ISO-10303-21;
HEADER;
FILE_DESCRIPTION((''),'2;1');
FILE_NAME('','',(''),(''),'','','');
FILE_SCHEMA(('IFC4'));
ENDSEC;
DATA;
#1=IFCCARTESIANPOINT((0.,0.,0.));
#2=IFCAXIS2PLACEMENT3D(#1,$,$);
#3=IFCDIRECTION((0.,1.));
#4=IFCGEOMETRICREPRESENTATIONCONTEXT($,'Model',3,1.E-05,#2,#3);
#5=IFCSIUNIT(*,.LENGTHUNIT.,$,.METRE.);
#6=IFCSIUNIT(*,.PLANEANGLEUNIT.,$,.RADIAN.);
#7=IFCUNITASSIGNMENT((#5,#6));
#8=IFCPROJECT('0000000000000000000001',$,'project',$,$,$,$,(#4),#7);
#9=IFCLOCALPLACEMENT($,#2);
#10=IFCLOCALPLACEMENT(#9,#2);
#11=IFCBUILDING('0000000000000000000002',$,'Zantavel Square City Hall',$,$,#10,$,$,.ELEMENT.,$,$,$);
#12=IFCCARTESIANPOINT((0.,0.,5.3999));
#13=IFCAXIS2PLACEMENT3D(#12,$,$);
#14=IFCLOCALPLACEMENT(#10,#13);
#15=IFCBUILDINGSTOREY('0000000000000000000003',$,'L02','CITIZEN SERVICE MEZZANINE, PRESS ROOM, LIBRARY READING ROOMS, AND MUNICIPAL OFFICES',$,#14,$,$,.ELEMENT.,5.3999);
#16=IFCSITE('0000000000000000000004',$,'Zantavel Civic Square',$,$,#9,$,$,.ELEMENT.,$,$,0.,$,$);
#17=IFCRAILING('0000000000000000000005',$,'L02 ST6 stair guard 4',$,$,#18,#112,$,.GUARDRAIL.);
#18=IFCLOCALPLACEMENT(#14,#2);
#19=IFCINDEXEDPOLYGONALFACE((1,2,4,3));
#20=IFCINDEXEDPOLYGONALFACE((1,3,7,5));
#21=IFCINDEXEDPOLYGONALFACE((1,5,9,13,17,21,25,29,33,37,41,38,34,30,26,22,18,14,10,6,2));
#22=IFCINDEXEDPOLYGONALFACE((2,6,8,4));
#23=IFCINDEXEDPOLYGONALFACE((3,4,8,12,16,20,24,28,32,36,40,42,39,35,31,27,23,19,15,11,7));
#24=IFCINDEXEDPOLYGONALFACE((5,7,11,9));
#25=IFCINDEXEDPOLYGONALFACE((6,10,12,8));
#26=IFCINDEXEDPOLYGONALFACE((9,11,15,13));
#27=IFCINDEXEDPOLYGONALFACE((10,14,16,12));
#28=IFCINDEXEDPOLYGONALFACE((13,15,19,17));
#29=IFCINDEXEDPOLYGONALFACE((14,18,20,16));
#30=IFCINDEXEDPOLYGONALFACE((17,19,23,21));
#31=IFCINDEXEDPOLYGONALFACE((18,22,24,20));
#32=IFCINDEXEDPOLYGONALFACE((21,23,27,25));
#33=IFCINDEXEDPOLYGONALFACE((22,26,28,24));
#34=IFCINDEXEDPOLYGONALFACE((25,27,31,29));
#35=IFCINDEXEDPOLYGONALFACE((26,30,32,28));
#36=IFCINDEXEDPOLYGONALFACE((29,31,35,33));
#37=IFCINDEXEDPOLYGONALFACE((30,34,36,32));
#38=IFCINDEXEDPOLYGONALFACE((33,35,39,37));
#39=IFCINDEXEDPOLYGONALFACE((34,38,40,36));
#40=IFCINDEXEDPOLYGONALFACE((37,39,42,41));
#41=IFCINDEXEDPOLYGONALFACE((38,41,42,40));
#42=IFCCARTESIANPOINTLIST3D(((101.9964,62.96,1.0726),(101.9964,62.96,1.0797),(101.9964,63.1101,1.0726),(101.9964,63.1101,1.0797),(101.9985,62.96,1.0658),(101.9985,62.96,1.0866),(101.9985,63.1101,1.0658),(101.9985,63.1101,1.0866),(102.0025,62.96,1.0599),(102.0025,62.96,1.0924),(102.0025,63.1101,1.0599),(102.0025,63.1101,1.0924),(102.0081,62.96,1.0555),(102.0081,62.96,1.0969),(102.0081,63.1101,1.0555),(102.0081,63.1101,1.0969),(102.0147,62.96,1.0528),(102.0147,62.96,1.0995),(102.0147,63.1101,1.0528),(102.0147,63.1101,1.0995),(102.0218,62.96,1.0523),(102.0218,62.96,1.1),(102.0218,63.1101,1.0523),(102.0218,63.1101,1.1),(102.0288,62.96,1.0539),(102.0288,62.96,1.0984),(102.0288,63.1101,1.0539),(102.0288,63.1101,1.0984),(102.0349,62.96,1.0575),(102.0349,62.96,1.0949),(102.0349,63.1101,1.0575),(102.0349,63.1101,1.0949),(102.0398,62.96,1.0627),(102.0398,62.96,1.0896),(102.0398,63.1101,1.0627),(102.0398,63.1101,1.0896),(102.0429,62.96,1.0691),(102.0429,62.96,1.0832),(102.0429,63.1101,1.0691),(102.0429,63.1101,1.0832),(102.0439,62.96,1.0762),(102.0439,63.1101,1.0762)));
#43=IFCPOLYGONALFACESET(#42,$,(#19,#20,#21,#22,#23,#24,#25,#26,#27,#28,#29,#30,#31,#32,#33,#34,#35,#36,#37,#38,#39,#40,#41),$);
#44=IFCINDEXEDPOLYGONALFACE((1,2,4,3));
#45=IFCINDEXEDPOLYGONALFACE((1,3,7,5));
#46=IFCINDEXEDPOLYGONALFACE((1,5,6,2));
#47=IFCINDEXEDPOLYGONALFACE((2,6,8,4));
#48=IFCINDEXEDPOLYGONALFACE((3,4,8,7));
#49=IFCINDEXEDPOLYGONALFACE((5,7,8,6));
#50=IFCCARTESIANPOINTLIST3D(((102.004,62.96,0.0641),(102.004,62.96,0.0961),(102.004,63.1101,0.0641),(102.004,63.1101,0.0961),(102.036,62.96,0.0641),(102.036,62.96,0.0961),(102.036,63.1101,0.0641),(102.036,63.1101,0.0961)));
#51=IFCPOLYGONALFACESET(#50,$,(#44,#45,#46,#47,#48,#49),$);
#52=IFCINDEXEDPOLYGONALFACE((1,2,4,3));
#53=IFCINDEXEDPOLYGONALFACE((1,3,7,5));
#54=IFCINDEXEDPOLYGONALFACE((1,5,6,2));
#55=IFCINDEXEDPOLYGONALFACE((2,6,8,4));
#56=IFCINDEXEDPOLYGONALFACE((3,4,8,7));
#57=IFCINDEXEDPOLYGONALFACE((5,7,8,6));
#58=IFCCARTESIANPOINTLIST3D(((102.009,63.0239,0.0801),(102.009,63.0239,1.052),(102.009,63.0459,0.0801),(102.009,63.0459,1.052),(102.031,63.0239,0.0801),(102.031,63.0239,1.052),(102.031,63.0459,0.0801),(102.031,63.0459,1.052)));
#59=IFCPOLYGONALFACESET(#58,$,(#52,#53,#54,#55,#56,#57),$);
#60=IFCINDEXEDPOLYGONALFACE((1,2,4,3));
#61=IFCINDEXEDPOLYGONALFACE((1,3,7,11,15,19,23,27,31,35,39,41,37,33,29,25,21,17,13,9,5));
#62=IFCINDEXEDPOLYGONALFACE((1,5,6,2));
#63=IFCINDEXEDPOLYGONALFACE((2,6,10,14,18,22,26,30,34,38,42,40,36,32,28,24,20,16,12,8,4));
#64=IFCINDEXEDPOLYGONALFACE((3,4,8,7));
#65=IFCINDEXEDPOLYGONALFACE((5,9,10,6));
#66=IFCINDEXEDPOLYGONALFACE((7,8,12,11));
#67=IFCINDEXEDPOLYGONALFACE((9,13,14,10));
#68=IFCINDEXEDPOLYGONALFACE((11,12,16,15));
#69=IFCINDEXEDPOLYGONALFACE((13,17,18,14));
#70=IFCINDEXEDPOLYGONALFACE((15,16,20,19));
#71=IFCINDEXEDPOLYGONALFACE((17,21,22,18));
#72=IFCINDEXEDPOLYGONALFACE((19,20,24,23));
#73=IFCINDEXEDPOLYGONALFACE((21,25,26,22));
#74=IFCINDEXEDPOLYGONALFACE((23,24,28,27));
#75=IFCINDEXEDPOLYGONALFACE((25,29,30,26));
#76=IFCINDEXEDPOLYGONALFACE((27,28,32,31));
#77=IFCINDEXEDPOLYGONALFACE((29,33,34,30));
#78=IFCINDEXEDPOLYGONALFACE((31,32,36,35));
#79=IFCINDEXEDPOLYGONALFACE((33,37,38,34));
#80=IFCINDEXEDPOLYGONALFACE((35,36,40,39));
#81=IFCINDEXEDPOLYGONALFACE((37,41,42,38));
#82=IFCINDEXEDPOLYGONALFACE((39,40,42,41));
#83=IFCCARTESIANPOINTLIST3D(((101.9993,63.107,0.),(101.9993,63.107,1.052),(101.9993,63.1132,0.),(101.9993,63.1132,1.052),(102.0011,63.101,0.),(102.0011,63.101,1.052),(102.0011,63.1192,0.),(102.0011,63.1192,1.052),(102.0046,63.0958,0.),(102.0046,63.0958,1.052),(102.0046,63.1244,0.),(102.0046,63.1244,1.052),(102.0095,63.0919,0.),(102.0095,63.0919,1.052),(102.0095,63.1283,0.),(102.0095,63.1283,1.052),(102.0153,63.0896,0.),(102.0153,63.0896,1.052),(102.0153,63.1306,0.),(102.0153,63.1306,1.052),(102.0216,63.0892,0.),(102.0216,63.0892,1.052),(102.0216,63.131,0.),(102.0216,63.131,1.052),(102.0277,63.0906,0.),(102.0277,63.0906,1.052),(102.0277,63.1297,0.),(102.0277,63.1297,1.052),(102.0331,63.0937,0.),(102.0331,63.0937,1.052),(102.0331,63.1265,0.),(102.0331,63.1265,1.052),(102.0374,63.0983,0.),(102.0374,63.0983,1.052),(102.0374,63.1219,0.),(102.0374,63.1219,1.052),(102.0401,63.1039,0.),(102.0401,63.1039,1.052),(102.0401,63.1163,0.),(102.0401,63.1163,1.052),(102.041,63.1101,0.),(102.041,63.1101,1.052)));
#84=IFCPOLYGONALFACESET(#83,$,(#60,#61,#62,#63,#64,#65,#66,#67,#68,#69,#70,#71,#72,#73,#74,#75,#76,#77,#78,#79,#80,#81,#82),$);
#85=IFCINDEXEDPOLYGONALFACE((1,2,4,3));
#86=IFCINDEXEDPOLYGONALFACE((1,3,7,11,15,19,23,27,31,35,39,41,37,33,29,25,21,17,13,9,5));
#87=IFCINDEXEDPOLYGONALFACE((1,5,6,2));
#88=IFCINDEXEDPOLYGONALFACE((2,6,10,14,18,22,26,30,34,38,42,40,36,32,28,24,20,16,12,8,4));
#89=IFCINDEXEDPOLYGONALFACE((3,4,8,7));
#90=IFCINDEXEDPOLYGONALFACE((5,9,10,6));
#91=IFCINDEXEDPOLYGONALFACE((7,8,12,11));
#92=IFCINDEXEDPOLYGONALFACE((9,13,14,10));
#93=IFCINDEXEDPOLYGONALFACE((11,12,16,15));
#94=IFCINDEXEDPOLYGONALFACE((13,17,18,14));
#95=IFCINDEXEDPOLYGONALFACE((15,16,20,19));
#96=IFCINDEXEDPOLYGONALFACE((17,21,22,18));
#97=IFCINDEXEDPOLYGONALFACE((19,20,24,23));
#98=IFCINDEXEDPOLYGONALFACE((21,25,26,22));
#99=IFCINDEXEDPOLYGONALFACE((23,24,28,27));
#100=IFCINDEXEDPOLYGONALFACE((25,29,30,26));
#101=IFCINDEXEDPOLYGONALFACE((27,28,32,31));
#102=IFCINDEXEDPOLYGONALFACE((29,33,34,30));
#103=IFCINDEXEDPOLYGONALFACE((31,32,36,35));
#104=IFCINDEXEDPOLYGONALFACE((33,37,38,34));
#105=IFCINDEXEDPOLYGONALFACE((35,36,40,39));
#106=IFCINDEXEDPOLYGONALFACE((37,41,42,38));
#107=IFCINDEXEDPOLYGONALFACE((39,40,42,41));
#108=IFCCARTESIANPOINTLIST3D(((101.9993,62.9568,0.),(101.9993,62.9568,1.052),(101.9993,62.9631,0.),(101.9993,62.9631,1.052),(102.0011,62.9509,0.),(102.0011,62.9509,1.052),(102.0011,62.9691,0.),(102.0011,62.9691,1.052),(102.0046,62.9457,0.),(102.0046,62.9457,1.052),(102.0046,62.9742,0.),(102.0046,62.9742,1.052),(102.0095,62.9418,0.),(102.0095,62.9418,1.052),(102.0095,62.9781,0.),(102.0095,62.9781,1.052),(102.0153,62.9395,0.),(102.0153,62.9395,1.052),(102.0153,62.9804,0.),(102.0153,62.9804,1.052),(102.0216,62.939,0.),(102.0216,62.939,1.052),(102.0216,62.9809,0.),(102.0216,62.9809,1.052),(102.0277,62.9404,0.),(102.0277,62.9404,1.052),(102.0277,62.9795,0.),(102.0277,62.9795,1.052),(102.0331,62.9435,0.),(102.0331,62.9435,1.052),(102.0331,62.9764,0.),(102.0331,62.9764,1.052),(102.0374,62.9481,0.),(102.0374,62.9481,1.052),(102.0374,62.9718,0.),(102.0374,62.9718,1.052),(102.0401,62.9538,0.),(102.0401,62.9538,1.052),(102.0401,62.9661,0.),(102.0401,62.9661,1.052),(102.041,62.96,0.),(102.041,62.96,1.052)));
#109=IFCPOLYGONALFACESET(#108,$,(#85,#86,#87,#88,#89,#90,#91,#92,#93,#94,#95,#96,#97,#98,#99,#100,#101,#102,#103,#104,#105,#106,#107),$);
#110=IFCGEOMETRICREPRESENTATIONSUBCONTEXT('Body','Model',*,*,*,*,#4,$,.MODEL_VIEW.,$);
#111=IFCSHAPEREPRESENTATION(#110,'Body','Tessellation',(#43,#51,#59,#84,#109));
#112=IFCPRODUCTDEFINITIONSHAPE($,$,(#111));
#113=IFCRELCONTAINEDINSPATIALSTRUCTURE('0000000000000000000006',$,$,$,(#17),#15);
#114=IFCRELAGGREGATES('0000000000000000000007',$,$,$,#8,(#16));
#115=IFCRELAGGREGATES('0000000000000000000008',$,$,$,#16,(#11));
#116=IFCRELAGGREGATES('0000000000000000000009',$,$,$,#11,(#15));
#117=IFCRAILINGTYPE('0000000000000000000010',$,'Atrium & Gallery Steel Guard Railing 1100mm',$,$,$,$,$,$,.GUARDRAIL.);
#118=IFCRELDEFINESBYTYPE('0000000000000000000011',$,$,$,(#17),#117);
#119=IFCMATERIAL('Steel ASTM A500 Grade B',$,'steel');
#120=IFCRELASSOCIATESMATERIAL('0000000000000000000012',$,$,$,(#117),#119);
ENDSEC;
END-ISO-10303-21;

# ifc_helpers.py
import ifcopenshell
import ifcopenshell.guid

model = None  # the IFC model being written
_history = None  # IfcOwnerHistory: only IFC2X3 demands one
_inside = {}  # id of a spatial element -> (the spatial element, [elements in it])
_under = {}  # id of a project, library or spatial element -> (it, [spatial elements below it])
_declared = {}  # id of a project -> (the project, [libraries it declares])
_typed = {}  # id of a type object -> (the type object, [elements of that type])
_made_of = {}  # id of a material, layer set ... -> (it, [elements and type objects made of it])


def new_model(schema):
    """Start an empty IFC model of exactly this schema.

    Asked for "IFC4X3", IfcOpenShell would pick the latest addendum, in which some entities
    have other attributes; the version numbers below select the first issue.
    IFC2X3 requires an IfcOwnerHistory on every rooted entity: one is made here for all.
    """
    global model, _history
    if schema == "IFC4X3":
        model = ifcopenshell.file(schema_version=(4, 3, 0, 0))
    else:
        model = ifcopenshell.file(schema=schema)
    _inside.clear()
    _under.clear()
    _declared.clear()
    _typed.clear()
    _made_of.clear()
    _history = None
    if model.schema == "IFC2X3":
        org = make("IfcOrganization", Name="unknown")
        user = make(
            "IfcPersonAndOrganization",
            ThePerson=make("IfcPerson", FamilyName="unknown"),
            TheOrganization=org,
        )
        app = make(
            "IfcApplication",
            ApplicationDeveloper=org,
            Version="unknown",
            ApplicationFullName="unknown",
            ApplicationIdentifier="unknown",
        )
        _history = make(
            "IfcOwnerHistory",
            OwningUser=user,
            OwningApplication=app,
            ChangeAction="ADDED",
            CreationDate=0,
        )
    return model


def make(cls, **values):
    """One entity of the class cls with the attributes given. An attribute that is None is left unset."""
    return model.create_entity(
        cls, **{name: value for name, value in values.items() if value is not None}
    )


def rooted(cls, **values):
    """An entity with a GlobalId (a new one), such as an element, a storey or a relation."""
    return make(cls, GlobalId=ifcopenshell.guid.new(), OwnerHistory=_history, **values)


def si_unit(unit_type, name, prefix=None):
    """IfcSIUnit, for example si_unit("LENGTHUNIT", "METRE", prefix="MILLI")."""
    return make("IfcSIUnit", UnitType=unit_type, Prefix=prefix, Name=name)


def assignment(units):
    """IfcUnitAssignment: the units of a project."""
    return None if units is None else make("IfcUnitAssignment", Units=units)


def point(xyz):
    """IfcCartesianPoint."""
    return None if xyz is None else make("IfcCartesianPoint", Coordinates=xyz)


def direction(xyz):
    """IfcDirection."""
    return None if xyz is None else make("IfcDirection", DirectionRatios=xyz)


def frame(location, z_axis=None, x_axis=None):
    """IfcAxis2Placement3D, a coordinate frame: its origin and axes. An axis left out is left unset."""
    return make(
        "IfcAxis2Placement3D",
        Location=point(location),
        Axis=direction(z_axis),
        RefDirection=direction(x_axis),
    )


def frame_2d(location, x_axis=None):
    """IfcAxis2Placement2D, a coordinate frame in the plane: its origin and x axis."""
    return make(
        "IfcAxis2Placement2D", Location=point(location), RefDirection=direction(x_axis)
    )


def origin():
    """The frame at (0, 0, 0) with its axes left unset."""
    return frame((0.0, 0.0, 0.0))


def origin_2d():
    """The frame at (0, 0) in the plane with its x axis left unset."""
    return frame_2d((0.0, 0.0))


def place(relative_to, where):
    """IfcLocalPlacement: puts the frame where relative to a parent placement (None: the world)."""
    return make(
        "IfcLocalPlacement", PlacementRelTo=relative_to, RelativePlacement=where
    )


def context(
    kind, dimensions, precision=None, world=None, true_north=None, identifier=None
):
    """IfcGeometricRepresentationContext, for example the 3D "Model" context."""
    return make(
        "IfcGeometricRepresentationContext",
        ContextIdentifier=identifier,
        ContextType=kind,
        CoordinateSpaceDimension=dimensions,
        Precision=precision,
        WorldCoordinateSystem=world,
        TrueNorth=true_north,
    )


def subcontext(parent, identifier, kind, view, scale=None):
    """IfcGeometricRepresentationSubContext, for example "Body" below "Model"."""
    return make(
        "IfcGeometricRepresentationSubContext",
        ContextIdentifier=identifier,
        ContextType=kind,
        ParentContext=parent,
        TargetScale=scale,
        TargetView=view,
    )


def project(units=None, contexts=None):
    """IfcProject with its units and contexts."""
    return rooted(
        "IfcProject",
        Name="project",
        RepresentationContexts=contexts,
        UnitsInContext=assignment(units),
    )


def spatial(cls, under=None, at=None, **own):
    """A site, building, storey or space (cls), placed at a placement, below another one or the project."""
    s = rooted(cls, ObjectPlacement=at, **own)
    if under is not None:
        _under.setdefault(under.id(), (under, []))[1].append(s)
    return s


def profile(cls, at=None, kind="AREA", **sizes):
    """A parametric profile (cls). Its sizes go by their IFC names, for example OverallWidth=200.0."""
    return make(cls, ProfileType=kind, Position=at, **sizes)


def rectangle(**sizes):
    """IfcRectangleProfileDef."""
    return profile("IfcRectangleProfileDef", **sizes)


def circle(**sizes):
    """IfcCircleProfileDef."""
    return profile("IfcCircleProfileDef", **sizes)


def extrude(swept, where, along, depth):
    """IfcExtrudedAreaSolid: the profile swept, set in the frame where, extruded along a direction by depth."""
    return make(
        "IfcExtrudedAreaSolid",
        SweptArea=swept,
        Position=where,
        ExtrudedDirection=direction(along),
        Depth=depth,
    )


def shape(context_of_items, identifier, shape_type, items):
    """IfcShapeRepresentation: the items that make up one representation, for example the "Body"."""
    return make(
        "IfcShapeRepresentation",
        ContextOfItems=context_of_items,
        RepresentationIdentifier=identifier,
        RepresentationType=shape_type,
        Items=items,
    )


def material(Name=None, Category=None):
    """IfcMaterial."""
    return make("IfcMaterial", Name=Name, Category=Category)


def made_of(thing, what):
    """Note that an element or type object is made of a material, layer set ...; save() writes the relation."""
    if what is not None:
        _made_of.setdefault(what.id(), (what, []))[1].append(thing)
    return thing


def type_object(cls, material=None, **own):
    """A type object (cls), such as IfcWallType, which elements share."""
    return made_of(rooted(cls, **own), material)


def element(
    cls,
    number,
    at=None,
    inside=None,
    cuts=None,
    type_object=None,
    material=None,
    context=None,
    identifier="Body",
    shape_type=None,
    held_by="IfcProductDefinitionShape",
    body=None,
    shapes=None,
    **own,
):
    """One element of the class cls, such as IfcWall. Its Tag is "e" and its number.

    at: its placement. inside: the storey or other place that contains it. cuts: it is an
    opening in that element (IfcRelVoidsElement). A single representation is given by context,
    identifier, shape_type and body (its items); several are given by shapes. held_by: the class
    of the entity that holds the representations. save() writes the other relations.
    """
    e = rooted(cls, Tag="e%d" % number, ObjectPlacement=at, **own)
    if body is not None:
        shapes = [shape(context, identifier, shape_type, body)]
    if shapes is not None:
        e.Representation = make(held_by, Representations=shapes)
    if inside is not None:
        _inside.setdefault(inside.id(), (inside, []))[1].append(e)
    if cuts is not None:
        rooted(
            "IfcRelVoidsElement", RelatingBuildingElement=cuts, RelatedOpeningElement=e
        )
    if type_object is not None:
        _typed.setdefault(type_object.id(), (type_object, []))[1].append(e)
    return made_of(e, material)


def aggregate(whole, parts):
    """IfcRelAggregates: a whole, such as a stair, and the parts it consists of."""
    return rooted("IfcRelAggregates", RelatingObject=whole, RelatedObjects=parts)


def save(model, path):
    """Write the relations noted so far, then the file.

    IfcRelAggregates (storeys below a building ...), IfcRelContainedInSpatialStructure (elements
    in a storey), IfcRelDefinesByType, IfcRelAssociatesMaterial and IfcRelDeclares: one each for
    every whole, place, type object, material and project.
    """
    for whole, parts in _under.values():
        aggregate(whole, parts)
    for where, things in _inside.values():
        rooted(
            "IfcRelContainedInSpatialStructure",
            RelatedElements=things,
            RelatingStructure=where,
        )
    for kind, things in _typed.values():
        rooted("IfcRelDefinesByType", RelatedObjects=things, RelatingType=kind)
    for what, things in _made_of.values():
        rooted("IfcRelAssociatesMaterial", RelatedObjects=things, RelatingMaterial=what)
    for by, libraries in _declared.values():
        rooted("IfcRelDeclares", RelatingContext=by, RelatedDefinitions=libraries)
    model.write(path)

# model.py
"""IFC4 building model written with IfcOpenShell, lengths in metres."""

from ifc_helpers import new_model, si_unit, direction, frame, origin, origin_2d, place, context, subcontext, project, spatial, rectangle, circle, extrude, material, type_object, element, save


model = new_model("IFC4")

# Units and contexts
model_context = context("Model", 3, precision=1e-05, world=origin(), true_north=direction((0.0, 1.0)))
body_context = subcontext(model_context, "Body", "Model", "MODEL_VIEW")
ifc_project = project(units=[si_unit("LENGTHUNIT", "METRE"), si_unit("PLANEANGLEUNIT", "RADIAN")], contexts=[model_context])

# Site, building, storey
site_placement = place(None, origin())
site = spatial("IfcSite", under=ifc_project, at=site_placement, Name="Zantavel Civic Square", CompositionType="ELEMENT", RefElevation=0.0)
building_placement = place(site_placement, origin())
building = spatial("IfcBuilding", under=site, at=building_placement, Name="Zantavel Square City Hall", CompositionType="ELEMENT")
storey_placement = place(building_placement, frame((0.0, 0.0, 5.3999)))
storey = spatial("IfcBuildingStorey", under=building, at=storey_placement, Name="L02", Description="CITIZEN SERVICE MEZZANINE, PRESS ROOM, LIBRARY READING ROOMS, AND MUNICIPAL OFFICES", CompositionType="ELEMENT", Elevation=5.3999)

# Shared definitions
ifc_material_1 = material(Name="Steel ASTM A500 Grade B", Category="steel")

# Railing
railing_type_1 = type_object("IfcRailingType", Name="Atrium & Gallery Steel Guard Railing 1100mm", PredefinedType="GUARDRAIL", material=ifc_material_1)
railing_1_placement = place(storey_placement, frame((102.02, 63.1101, 0.0)))
element("IfcRailing", 1, at=railing_1_placement, inside=storey, type_object=railing_type_1, Name="L02 ST6 stair guard 4", PredefinedType="GUARDRAIL", context=body_context, shape_type="SweptSolid", body=[
    extrude(circle(Radius=0.0239, at=origin_2d()), frame((0.0, 0.0, 1.0762), z_axis=(0.0, -1.0, 0.0), x_axis=(1.0, 0.0, 0.0)), (0.0, 0.0, 1.0), 0.1501),
    extrude(rectangle(XDim=0.032, YDim=0.032, at=origin_2d()), frame((0.0, 0.0, 0.0801), z_axis=(0.0, -1.0, 0.0), x_axis=(1.0, 0.0, 0.0)), (0.0, 0.0, 1.0), 0.1501),
    extrude(rectangle(XDim=0.022, YDim=0.022, at=origin_2d()), frame((0.0, -0.0752, 0.0801)), (0.0, 0.0, 1.0), 0.9719),
    extrude(circle(Radius=0.021, at=origin_2d()), origin(), (0.0, 0.0, 1.0), 1.052),
    extrude(circle(Radius=0.021, at=origin_2d()), frame((0.0, -0.1501, 0.0)), (0.0, 0.0, 1.0), 1.052),
])

save(model, "model.ifc")
